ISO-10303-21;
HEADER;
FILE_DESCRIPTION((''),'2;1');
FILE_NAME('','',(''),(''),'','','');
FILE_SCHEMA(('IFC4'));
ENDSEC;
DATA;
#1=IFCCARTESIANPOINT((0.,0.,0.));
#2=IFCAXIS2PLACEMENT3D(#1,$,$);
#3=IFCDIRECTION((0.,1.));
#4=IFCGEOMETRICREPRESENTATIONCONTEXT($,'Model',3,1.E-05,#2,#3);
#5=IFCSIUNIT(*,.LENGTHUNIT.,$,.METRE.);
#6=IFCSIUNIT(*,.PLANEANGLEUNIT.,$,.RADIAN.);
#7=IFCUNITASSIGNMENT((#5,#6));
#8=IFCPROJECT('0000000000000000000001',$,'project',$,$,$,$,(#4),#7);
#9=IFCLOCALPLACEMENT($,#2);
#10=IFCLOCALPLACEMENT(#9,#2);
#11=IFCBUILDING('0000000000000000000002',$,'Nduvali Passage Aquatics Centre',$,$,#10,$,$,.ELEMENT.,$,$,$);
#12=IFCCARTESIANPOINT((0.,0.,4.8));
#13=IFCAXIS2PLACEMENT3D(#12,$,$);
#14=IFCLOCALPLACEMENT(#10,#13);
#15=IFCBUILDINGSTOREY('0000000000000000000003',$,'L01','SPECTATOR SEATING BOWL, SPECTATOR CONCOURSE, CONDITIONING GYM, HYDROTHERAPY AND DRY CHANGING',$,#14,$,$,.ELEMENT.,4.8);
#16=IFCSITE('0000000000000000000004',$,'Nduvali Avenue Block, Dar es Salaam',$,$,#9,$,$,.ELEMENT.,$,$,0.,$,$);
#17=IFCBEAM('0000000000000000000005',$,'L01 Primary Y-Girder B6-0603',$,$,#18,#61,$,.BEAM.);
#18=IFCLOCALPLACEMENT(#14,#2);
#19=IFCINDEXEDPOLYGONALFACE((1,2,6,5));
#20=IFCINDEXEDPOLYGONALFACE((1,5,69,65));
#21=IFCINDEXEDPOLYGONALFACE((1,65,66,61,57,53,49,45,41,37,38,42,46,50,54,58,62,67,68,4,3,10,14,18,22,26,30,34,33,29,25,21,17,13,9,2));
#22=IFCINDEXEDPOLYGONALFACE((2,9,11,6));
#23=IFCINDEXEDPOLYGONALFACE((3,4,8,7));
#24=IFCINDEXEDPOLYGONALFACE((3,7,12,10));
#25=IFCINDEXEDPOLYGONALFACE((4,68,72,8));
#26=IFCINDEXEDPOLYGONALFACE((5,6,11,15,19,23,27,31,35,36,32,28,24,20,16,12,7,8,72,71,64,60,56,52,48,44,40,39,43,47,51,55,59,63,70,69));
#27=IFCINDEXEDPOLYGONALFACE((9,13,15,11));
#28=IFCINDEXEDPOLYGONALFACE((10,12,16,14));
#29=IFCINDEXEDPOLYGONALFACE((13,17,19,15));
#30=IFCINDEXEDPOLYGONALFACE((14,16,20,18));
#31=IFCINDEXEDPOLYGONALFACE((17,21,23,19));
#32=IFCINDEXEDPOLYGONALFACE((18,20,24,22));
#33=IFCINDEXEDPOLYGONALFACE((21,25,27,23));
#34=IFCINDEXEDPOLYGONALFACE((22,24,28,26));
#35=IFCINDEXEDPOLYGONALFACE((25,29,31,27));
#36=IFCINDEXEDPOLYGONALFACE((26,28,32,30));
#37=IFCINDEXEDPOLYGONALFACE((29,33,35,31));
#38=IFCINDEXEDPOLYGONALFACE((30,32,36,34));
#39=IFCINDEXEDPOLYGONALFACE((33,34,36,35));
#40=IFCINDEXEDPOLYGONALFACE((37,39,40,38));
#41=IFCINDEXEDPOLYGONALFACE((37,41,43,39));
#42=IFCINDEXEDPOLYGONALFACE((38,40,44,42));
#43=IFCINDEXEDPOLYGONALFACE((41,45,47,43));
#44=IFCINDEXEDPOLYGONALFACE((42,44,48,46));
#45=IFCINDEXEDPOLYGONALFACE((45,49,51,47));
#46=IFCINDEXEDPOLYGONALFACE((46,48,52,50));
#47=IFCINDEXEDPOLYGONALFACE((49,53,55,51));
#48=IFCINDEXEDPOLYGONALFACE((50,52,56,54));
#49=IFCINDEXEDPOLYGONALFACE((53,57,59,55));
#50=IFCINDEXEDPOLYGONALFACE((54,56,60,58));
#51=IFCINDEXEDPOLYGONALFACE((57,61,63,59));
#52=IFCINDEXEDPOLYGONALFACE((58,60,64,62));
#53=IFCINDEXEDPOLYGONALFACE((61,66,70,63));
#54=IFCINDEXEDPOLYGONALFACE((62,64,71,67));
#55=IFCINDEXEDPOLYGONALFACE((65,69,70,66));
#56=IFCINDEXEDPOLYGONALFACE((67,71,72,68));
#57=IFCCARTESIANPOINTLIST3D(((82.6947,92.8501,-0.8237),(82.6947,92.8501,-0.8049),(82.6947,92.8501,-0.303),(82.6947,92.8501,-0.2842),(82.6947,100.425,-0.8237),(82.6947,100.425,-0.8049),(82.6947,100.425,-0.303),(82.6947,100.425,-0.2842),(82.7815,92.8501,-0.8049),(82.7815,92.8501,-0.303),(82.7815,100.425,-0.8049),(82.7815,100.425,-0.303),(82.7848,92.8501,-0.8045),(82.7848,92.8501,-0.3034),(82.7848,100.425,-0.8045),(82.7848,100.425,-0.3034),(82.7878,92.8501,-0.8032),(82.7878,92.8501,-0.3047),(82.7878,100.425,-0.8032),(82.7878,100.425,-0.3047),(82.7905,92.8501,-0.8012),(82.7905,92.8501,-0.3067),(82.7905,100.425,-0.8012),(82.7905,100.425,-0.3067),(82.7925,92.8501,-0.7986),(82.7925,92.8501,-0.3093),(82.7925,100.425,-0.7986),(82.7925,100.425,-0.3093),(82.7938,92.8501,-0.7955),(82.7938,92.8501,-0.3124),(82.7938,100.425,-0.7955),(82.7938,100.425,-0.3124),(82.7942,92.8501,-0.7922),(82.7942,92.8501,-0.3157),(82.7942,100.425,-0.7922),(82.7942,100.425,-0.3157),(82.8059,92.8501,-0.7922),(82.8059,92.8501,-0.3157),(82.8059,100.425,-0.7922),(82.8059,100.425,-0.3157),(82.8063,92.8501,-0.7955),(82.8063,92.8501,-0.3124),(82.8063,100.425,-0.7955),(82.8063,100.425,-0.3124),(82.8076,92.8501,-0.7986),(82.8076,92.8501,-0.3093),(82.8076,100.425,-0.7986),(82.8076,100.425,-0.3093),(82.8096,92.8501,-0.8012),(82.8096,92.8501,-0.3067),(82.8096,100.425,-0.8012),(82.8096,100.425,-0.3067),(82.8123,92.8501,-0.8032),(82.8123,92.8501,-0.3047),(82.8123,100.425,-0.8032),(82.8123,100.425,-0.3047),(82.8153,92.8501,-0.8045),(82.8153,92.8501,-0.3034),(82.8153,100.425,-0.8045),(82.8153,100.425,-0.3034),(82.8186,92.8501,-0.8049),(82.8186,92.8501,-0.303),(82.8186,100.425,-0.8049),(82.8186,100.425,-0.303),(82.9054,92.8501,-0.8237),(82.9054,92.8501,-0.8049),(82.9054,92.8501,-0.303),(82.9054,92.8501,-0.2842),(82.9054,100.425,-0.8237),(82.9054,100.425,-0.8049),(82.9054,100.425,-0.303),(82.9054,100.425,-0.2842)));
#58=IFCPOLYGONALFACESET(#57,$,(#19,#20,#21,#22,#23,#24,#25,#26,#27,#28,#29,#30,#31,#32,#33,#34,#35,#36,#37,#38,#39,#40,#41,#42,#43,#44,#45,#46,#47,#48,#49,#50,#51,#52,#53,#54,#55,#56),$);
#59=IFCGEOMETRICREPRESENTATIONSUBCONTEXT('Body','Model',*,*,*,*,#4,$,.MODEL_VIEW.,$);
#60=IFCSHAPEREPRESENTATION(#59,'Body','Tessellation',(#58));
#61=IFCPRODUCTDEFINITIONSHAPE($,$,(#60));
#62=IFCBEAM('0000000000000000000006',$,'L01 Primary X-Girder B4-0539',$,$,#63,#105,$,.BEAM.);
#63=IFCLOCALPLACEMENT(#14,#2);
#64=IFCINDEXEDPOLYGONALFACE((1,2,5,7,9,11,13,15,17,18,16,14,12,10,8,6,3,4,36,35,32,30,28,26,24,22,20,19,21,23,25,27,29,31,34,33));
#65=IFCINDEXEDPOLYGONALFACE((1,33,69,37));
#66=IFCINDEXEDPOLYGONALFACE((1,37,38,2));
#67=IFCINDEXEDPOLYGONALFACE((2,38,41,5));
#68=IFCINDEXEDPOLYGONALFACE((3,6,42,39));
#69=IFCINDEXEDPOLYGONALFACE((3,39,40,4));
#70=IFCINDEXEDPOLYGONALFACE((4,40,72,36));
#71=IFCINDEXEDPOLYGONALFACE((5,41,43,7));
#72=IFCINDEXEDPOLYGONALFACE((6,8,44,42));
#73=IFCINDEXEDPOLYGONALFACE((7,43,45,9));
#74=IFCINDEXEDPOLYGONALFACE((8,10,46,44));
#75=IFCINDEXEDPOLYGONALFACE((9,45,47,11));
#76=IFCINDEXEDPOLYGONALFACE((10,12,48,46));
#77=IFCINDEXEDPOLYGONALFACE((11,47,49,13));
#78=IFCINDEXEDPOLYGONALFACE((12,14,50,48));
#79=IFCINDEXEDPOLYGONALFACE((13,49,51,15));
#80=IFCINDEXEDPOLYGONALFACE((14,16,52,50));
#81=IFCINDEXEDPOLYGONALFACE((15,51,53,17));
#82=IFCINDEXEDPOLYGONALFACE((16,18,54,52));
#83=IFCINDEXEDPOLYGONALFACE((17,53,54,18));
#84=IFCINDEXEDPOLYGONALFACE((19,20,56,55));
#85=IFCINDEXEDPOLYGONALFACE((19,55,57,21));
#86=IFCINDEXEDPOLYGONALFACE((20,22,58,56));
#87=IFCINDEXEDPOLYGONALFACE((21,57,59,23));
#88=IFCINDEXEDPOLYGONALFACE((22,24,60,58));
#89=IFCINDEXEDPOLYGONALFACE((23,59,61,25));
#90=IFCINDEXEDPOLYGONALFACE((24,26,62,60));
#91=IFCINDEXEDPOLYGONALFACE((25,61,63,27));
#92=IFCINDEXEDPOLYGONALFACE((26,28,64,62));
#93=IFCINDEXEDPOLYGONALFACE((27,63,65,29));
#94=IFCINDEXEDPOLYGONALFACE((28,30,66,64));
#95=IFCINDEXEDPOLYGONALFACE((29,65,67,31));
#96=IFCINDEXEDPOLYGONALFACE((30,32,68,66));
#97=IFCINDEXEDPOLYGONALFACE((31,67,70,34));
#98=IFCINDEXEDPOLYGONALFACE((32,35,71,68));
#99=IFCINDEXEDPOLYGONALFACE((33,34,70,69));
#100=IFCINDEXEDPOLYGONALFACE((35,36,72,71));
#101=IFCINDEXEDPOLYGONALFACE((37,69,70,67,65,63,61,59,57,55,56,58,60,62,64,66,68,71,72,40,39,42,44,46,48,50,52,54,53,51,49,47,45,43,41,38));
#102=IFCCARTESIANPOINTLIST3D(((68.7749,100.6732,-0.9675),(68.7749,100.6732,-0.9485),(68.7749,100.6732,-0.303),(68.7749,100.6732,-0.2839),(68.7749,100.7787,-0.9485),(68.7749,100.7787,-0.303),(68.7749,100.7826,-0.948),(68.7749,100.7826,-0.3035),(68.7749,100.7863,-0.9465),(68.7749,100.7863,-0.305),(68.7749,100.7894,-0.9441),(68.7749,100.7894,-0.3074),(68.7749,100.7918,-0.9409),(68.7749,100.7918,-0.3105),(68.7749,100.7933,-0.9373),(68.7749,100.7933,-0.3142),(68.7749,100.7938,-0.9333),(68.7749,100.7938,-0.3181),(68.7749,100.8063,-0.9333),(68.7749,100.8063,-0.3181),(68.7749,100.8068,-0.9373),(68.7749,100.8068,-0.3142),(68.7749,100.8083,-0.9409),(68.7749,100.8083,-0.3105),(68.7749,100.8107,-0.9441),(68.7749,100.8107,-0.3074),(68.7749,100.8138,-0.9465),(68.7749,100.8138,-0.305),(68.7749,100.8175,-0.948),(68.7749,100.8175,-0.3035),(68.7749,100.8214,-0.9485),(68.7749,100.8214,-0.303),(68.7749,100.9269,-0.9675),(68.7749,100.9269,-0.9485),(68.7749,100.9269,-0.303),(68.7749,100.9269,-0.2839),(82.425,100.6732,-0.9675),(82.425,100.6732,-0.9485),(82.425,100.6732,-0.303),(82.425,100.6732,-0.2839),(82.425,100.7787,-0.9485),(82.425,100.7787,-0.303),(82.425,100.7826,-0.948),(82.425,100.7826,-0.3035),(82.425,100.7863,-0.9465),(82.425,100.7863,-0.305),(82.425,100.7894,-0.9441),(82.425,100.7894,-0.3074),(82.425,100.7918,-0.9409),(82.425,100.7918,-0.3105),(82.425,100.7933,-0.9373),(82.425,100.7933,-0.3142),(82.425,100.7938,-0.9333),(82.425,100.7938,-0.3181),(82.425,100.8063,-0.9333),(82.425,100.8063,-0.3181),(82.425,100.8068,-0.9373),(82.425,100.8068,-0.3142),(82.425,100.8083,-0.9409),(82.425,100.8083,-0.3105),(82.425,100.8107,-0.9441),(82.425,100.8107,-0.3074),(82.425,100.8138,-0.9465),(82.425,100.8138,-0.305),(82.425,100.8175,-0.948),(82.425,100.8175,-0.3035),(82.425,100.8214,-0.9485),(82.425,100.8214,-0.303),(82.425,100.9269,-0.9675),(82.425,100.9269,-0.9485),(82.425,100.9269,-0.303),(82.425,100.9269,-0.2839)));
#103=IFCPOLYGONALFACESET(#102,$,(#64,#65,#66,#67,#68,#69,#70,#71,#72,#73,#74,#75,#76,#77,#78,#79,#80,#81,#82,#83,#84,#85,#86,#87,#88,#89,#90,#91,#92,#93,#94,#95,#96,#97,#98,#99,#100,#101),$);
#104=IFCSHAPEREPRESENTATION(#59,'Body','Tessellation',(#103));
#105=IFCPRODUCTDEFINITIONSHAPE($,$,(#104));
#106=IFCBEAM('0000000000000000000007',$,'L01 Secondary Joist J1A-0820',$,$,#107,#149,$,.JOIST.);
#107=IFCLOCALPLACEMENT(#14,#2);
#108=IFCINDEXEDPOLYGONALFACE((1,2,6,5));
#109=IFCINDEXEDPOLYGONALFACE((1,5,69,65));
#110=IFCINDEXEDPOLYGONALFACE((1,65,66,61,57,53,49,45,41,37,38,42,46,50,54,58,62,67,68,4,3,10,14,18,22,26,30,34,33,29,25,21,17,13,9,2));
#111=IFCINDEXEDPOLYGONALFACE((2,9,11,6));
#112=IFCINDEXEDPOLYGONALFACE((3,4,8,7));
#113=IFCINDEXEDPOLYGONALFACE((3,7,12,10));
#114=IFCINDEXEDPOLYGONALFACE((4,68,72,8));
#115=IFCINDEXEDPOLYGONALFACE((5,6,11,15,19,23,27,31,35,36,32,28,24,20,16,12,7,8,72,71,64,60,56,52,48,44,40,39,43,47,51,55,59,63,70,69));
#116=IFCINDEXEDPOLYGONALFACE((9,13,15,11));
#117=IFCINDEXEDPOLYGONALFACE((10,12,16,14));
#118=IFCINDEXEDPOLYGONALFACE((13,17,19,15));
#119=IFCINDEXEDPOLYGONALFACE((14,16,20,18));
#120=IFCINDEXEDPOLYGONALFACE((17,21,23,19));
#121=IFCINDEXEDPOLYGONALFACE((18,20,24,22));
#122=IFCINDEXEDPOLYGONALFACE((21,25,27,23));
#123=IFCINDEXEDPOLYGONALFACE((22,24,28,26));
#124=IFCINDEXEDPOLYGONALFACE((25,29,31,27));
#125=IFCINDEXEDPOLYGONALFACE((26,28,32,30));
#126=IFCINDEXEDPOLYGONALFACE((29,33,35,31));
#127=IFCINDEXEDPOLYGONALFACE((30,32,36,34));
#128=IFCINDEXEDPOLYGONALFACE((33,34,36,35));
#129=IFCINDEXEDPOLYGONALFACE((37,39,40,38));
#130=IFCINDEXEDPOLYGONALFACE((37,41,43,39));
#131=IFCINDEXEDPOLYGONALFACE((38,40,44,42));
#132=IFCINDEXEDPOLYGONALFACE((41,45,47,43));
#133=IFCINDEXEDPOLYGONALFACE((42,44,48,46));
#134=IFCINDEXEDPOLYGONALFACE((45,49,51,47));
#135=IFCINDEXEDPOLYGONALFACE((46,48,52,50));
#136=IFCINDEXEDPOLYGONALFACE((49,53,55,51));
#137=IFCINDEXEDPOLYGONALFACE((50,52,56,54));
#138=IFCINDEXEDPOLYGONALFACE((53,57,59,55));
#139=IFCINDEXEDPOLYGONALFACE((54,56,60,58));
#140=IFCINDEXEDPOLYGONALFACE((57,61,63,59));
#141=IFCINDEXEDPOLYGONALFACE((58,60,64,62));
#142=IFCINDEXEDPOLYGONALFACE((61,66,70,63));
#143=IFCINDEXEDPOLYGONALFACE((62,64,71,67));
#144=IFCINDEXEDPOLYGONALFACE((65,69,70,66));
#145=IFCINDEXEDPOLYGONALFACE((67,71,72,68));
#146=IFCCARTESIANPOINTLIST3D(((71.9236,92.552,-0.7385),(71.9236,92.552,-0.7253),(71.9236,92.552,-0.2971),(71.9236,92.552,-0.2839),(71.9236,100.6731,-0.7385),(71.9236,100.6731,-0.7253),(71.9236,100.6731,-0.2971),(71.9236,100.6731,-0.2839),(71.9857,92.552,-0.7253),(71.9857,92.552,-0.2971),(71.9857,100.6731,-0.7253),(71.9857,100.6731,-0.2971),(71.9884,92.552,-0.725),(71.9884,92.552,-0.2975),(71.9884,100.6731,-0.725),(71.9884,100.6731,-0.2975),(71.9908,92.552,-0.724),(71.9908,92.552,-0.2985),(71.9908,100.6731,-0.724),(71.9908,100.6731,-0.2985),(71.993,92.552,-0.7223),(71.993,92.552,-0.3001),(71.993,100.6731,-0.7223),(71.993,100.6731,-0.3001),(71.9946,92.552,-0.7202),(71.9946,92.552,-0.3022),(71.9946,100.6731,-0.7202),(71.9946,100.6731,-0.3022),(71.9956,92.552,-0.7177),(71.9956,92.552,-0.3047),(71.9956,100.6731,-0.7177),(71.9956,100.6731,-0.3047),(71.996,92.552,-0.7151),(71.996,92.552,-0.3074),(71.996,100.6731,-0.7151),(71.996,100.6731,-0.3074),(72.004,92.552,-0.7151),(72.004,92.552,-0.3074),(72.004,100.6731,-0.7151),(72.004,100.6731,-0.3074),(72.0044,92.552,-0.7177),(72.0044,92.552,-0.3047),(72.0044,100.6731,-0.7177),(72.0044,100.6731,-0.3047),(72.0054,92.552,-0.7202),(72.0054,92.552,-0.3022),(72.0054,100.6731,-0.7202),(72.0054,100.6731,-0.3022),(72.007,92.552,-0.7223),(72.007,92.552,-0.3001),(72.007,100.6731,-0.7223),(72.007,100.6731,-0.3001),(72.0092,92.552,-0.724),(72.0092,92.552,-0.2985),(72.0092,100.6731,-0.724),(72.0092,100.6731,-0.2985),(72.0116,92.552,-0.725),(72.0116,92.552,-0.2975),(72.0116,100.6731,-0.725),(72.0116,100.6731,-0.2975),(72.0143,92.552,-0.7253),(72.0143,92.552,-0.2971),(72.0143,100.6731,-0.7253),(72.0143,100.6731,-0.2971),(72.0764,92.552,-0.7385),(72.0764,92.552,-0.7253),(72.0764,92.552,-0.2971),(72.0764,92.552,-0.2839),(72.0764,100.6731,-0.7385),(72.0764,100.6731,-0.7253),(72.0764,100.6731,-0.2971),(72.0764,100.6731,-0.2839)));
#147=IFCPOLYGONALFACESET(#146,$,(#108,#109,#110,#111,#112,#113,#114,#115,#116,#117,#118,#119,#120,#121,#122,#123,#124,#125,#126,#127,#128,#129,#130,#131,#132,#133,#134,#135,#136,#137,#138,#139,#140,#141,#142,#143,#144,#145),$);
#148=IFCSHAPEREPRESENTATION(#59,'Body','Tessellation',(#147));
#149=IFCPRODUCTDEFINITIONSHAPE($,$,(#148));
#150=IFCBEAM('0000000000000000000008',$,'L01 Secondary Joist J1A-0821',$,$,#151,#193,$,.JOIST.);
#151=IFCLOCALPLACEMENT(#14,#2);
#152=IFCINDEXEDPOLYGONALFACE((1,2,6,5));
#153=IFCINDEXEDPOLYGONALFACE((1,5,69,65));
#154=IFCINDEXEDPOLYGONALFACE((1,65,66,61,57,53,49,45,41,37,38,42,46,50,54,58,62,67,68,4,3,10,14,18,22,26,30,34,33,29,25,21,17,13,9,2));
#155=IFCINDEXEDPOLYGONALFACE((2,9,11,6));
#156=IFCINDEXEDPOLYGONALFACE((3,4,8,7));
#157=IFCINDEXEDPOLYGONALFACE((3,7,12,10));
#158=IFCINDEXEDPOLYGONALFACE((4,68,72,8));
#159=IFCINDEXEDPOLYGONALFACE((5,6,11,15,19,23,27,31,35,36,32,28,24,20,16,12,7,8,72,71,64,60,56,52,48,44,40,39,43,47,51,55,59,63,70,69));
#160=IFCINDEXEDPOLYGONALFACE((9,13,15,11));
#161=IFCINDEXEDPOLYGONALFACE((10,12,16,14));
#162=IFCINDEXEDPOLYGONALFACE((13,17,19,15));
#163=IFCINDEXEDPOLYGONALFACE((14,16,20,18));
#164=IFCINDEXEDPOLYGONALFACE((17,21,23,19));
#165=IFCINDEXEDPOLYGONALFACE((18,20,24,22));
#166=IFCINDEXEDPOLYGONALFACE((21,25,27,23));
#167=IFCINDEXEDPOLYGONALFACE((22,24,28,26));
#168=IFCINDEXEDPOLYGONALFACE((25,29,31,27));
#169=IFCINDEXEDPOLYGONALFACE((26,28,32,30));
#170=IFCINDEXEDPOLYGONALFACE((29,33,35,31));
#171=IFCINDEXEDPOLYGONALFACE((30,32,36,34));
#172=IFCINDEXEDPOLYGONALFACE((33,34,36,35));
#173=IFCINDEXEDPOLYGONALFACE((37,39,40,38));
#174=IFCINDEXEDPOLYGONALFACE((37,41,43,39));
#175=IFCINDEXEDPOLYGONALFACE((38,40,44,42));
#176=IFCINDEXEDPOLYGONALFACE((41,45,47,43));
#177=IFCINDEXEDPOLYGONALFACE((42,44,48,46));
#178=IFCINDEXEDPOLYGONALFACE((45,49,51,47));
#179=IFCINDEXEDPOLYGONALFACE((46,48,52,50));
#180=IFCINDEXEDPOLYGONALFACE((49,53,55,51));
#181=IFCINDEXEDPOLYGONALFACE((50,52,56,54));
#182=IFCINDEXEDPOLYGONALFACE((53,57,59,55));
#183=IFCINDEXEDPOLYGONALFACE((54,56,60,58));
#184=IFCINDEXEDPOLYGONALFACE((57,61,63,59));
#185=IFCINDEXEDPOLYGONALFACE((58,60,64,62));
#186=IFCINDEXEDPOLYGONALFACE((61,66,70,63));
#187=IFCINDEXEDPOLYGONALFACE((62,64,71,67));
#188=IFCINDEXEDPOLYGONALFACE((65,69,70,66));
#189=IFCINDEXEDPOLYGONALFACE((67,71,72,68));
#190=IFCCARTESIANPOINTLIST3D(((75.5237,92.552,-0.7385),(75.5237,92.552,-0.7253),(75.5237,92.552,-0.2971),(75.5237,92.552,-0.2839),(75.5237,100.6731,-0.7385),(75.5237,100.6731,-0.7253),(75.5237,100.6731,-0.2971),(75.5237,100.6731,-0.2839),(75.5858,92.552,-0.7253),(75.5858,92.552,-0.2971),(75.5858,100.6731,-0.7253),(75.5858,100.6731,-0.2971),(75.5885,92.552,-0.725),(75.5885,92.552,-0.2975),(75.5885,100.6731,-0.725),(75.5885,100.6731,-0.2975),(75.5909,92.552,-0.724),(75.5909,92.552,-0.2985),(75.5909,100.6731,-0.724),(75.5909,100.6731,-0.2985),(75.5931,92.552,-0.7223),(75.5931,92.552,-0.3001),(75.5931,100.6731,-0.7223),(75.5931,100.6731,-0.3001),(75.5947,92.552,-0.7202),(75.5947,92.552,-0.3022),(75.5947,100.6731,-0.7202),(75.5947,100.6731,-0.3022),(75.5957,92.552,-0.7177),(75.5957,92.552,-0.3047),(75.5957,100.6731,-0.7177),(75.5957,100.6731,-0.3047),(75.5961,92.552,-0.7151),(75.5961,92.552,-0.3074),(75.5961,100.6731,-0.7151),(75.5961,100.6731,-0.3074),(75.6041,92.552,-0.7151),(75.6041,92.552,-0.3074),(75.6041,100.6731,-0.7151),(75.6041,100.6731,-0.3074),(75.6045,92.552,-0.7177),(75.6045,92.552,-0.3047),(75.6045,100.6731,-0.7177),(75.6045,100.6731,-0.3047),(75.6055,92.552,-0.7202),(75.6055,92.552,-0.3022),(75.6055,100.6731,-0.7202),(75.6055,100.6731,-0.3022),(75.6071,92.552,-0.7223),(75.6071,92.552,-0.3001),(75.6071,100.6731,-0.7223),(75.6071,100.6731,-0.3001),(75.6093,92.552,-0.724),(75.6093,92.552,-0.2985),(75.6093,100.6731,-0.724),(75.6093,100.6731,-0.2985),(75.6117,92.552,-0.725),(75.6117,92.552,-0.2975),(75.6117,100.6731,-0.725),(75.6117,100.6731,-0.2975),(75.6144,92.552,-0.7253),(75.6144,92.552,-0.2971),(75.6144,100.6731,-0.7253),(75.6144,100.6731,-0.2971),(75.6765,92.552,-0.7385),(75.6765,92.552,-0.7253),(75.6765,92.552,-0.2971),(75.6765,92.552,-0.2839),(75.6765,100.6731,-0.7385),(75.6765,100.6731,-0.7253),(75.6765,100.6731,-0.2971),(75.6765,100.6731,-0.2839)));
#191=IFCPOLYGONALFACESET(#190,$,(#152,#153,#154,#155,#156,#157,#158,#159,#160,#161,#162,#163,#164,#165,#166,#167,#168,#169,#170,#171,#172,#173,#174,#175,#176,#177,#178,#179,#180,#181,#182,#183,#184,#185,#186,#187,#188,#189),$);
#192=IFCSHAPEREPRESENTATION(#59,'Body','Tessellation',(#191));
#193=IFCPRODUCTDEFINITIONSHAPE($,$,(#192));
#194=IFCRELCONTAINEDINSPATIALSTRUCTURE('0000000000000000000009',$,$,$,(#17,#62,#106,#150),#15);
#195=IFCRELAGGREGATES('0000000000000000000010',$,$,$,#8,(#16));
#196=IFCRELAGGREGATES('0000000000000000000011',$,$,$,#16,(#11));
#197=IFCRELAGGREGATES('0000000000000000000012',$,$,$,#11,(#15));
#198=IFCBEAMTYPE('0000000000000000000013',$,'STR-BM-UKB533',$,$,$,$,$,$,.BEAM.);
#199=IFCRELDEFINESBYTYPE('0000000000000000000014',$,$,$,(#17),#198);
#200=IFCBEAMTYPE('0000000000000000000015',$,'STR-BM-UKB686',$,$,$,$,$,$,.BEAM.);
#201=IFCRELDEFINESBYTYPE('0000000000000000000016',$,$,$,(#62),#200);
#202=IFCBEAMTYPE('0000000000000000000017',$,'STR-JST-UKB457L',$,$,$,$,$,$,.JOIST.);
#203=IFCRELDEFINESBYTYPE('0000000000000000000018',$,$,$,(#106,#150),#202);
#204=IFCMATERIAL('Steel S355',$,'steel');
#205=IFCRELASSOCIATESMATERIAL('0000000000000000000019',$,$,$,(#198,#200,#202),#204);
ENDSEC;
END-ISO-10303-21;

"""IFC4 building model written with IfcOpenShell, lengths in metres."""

from ifc_helpers import new_model, si_unit, direction, frame, origin, origin_2d, place, context, subcontext, project, spatial, i_section, extrude, material, material_profile, profile_set, type_object, element, save


model = new_model("IFC4")

# Units and contexts
model_context = context("Model", 3, precision=1e-05, world=origin(), true_north=direction((0.0, 1.0)))
body_context = subcontext(model_context, "Body", "Model", "MODEL_VIEW")
ifc_project = project(units=[si_unit("LENGTHUNIT", "METRE"), si_unit("PLANEANGLEUNIT", "RADIAN")], contexts=[model_context])

# Site, building, storey
site_placement = place(None, origin())
site = spatial("IfcSite", under=ifc_project, at=site_placement, Name="Nduvali Avenue Block, Dar es Salaam", CompositionType="ELEMENT", RefElevation=0.0)
building_placement = place(site_placement, origin())
building = spatial("IfcBuilding", under=site, at=building_placement, Name="Nduvali Passage Aquatics Centre", CompositionType="ELEMENT")
storey_placement = place(building_placement, frame((0.0, 0.0, 4.8)))
storey = spatial("IfcBuildingStorey", under=building, at=storey_placement, Name="L01", Description="SPECTATOR SEATING BOWL, SPECTATOR CONCOURSE, CONDITIONING GYM, HYDROTHERAPY AND DRY CHANGING", CompositionType="ELEMENT", Elevation=4.8)

# Beams
ifc_material_1 = material(Name="Steel S355", Category="steel")
ifc_material_profile_1 = material_profile(ifc_material_1, i_section(OverallWidth=0.2107, OverallDepth=0.5396, WebThickness=0.0117, FlangeThickness=0.0188, FilletRadius=0.0127, at=origin_2d()), Name="UKB 533x210x109")
ifc_profile_set_1 = profile_set([ifc_material_profile_1], Name="Steel S355")
beam_type_1 = type_object("IfcBeamType", Name="STR-BM-UKB533", PredefinedType="BEAM", material=ifc_profile_set_1)
beam_1_placement = place(storey_placement, frame((82.8, 92.8501, -0.554), z_axis=(0.0, 1.0, 0.0), x_axis=(-1.0, 0.0, 0.0)))
element("IfcBeam", 1, at=beam_1_placement, inside=storey, type_object=beam_type_1, Name="L01 Primary Y-Girder B6-0603", PredefinedType="BEAM", context=body_context, shape_type="SweptSolid", body=[
    extrude(i_section(OverallWidth=0.2107, OverallDepth=0.5396, WebThickness=0.0117, FlangeThickness=0.0188, FilletRadius=0.0127, at=origin_2d()), origin(), (0.0, 0.0, 1.0), 7.575),
])
ifc_material_profile_2 = material_profile(ifc_material_1, i_section(OverallWidth=0.2537, OverallDepth=0.6836, WebThickness=0.0125, FlangeThickness=0.019, FilletRadius=0.0151, at=origin_2d()), Name="UKB 686x254x140")
ifc_profile_set_2 = profile_set([ifc_material_profile_2], Name="Steel S355")
beam_type_2 = type_object("IfcBeamType", Name="STR-BM-UKB686", PredefinedType="BEAM", material=ifc_profile_set_2)
beam_2_placement = place(storey_placement, frame((68.7749, 100.8, -0.6257), z_axis=(1.0, 0.0, 0.0), x_axis=(0.0, 1.0, 0.0)))
element("IfcBeam", 2, at=beam_2_placement, inside=storey, type_object=beam_type_2, Name="L01 Primary X-Girder B4-0539", PredefinedType="BEAM", context=body_context, shape_type="SweptSolid", body=[
    extrude(i_section(OverallWidth=0.2537, OverallDepth=0.6836, WebThickness=0.0125, FlangeThickness=0.019, FilletRadius=0.0151, at=origin_2d()), origin(), (0.0, 0.0, 1.0), 13.6501),
])
ifc_material_profile_3 = material_profile(ifc_material_1, i_section(OverallWidth=0.1528, OverallDepth=0.4546, WebThickness=0.0081, FlangeThickness=0.0132, FilletRadius=0.0103, at=origin_2d()), Name="UKB 457x152x60")
ifc_profile_set_3 = profile_set([ifc_material_profile_3], Name="Steel S355")
beam_type_3 = type_object("IfcBeamType", Name="STR-JST-UKB457L", PredefinedType="JOIST", material=ifc_profile_set_3)
for number, where, z_axis, x_axis, name in (
    (3, (72.0, 92.552, -0.5112), (0.0, 1.0, 0.0), (-1.0, 0.0, 0.0), "L01 Secondary Joist J1A-0820"),
    (4, (75.6001, 92.552, -0.5112), (0.0, 1.0, 0.0), (-1.0, 0.0, 0.0), "L01 Secondary Joist J1A-0821"),
):
    element("IfcBeam", number, at=place(storey_placement, frame(where, z_axis=z_axis, x_axis=x_axis)), inside=storey, type_object=beam_type_3, Name=name, PredefinedType="JOIST", context=body_context, shape_type="SweptSolid", body=[
        extrude(i_section(OverallWidth=0.1528, OverallDepth=0.4546, WebThickness=0.0081, FlangeThickness=0.0132, FilletRadius=0.0103, at=origin_2d()), origin(), (0.0, 0.0, 1.0), 8.1211),
    ])

save(model, "model.ifc")
